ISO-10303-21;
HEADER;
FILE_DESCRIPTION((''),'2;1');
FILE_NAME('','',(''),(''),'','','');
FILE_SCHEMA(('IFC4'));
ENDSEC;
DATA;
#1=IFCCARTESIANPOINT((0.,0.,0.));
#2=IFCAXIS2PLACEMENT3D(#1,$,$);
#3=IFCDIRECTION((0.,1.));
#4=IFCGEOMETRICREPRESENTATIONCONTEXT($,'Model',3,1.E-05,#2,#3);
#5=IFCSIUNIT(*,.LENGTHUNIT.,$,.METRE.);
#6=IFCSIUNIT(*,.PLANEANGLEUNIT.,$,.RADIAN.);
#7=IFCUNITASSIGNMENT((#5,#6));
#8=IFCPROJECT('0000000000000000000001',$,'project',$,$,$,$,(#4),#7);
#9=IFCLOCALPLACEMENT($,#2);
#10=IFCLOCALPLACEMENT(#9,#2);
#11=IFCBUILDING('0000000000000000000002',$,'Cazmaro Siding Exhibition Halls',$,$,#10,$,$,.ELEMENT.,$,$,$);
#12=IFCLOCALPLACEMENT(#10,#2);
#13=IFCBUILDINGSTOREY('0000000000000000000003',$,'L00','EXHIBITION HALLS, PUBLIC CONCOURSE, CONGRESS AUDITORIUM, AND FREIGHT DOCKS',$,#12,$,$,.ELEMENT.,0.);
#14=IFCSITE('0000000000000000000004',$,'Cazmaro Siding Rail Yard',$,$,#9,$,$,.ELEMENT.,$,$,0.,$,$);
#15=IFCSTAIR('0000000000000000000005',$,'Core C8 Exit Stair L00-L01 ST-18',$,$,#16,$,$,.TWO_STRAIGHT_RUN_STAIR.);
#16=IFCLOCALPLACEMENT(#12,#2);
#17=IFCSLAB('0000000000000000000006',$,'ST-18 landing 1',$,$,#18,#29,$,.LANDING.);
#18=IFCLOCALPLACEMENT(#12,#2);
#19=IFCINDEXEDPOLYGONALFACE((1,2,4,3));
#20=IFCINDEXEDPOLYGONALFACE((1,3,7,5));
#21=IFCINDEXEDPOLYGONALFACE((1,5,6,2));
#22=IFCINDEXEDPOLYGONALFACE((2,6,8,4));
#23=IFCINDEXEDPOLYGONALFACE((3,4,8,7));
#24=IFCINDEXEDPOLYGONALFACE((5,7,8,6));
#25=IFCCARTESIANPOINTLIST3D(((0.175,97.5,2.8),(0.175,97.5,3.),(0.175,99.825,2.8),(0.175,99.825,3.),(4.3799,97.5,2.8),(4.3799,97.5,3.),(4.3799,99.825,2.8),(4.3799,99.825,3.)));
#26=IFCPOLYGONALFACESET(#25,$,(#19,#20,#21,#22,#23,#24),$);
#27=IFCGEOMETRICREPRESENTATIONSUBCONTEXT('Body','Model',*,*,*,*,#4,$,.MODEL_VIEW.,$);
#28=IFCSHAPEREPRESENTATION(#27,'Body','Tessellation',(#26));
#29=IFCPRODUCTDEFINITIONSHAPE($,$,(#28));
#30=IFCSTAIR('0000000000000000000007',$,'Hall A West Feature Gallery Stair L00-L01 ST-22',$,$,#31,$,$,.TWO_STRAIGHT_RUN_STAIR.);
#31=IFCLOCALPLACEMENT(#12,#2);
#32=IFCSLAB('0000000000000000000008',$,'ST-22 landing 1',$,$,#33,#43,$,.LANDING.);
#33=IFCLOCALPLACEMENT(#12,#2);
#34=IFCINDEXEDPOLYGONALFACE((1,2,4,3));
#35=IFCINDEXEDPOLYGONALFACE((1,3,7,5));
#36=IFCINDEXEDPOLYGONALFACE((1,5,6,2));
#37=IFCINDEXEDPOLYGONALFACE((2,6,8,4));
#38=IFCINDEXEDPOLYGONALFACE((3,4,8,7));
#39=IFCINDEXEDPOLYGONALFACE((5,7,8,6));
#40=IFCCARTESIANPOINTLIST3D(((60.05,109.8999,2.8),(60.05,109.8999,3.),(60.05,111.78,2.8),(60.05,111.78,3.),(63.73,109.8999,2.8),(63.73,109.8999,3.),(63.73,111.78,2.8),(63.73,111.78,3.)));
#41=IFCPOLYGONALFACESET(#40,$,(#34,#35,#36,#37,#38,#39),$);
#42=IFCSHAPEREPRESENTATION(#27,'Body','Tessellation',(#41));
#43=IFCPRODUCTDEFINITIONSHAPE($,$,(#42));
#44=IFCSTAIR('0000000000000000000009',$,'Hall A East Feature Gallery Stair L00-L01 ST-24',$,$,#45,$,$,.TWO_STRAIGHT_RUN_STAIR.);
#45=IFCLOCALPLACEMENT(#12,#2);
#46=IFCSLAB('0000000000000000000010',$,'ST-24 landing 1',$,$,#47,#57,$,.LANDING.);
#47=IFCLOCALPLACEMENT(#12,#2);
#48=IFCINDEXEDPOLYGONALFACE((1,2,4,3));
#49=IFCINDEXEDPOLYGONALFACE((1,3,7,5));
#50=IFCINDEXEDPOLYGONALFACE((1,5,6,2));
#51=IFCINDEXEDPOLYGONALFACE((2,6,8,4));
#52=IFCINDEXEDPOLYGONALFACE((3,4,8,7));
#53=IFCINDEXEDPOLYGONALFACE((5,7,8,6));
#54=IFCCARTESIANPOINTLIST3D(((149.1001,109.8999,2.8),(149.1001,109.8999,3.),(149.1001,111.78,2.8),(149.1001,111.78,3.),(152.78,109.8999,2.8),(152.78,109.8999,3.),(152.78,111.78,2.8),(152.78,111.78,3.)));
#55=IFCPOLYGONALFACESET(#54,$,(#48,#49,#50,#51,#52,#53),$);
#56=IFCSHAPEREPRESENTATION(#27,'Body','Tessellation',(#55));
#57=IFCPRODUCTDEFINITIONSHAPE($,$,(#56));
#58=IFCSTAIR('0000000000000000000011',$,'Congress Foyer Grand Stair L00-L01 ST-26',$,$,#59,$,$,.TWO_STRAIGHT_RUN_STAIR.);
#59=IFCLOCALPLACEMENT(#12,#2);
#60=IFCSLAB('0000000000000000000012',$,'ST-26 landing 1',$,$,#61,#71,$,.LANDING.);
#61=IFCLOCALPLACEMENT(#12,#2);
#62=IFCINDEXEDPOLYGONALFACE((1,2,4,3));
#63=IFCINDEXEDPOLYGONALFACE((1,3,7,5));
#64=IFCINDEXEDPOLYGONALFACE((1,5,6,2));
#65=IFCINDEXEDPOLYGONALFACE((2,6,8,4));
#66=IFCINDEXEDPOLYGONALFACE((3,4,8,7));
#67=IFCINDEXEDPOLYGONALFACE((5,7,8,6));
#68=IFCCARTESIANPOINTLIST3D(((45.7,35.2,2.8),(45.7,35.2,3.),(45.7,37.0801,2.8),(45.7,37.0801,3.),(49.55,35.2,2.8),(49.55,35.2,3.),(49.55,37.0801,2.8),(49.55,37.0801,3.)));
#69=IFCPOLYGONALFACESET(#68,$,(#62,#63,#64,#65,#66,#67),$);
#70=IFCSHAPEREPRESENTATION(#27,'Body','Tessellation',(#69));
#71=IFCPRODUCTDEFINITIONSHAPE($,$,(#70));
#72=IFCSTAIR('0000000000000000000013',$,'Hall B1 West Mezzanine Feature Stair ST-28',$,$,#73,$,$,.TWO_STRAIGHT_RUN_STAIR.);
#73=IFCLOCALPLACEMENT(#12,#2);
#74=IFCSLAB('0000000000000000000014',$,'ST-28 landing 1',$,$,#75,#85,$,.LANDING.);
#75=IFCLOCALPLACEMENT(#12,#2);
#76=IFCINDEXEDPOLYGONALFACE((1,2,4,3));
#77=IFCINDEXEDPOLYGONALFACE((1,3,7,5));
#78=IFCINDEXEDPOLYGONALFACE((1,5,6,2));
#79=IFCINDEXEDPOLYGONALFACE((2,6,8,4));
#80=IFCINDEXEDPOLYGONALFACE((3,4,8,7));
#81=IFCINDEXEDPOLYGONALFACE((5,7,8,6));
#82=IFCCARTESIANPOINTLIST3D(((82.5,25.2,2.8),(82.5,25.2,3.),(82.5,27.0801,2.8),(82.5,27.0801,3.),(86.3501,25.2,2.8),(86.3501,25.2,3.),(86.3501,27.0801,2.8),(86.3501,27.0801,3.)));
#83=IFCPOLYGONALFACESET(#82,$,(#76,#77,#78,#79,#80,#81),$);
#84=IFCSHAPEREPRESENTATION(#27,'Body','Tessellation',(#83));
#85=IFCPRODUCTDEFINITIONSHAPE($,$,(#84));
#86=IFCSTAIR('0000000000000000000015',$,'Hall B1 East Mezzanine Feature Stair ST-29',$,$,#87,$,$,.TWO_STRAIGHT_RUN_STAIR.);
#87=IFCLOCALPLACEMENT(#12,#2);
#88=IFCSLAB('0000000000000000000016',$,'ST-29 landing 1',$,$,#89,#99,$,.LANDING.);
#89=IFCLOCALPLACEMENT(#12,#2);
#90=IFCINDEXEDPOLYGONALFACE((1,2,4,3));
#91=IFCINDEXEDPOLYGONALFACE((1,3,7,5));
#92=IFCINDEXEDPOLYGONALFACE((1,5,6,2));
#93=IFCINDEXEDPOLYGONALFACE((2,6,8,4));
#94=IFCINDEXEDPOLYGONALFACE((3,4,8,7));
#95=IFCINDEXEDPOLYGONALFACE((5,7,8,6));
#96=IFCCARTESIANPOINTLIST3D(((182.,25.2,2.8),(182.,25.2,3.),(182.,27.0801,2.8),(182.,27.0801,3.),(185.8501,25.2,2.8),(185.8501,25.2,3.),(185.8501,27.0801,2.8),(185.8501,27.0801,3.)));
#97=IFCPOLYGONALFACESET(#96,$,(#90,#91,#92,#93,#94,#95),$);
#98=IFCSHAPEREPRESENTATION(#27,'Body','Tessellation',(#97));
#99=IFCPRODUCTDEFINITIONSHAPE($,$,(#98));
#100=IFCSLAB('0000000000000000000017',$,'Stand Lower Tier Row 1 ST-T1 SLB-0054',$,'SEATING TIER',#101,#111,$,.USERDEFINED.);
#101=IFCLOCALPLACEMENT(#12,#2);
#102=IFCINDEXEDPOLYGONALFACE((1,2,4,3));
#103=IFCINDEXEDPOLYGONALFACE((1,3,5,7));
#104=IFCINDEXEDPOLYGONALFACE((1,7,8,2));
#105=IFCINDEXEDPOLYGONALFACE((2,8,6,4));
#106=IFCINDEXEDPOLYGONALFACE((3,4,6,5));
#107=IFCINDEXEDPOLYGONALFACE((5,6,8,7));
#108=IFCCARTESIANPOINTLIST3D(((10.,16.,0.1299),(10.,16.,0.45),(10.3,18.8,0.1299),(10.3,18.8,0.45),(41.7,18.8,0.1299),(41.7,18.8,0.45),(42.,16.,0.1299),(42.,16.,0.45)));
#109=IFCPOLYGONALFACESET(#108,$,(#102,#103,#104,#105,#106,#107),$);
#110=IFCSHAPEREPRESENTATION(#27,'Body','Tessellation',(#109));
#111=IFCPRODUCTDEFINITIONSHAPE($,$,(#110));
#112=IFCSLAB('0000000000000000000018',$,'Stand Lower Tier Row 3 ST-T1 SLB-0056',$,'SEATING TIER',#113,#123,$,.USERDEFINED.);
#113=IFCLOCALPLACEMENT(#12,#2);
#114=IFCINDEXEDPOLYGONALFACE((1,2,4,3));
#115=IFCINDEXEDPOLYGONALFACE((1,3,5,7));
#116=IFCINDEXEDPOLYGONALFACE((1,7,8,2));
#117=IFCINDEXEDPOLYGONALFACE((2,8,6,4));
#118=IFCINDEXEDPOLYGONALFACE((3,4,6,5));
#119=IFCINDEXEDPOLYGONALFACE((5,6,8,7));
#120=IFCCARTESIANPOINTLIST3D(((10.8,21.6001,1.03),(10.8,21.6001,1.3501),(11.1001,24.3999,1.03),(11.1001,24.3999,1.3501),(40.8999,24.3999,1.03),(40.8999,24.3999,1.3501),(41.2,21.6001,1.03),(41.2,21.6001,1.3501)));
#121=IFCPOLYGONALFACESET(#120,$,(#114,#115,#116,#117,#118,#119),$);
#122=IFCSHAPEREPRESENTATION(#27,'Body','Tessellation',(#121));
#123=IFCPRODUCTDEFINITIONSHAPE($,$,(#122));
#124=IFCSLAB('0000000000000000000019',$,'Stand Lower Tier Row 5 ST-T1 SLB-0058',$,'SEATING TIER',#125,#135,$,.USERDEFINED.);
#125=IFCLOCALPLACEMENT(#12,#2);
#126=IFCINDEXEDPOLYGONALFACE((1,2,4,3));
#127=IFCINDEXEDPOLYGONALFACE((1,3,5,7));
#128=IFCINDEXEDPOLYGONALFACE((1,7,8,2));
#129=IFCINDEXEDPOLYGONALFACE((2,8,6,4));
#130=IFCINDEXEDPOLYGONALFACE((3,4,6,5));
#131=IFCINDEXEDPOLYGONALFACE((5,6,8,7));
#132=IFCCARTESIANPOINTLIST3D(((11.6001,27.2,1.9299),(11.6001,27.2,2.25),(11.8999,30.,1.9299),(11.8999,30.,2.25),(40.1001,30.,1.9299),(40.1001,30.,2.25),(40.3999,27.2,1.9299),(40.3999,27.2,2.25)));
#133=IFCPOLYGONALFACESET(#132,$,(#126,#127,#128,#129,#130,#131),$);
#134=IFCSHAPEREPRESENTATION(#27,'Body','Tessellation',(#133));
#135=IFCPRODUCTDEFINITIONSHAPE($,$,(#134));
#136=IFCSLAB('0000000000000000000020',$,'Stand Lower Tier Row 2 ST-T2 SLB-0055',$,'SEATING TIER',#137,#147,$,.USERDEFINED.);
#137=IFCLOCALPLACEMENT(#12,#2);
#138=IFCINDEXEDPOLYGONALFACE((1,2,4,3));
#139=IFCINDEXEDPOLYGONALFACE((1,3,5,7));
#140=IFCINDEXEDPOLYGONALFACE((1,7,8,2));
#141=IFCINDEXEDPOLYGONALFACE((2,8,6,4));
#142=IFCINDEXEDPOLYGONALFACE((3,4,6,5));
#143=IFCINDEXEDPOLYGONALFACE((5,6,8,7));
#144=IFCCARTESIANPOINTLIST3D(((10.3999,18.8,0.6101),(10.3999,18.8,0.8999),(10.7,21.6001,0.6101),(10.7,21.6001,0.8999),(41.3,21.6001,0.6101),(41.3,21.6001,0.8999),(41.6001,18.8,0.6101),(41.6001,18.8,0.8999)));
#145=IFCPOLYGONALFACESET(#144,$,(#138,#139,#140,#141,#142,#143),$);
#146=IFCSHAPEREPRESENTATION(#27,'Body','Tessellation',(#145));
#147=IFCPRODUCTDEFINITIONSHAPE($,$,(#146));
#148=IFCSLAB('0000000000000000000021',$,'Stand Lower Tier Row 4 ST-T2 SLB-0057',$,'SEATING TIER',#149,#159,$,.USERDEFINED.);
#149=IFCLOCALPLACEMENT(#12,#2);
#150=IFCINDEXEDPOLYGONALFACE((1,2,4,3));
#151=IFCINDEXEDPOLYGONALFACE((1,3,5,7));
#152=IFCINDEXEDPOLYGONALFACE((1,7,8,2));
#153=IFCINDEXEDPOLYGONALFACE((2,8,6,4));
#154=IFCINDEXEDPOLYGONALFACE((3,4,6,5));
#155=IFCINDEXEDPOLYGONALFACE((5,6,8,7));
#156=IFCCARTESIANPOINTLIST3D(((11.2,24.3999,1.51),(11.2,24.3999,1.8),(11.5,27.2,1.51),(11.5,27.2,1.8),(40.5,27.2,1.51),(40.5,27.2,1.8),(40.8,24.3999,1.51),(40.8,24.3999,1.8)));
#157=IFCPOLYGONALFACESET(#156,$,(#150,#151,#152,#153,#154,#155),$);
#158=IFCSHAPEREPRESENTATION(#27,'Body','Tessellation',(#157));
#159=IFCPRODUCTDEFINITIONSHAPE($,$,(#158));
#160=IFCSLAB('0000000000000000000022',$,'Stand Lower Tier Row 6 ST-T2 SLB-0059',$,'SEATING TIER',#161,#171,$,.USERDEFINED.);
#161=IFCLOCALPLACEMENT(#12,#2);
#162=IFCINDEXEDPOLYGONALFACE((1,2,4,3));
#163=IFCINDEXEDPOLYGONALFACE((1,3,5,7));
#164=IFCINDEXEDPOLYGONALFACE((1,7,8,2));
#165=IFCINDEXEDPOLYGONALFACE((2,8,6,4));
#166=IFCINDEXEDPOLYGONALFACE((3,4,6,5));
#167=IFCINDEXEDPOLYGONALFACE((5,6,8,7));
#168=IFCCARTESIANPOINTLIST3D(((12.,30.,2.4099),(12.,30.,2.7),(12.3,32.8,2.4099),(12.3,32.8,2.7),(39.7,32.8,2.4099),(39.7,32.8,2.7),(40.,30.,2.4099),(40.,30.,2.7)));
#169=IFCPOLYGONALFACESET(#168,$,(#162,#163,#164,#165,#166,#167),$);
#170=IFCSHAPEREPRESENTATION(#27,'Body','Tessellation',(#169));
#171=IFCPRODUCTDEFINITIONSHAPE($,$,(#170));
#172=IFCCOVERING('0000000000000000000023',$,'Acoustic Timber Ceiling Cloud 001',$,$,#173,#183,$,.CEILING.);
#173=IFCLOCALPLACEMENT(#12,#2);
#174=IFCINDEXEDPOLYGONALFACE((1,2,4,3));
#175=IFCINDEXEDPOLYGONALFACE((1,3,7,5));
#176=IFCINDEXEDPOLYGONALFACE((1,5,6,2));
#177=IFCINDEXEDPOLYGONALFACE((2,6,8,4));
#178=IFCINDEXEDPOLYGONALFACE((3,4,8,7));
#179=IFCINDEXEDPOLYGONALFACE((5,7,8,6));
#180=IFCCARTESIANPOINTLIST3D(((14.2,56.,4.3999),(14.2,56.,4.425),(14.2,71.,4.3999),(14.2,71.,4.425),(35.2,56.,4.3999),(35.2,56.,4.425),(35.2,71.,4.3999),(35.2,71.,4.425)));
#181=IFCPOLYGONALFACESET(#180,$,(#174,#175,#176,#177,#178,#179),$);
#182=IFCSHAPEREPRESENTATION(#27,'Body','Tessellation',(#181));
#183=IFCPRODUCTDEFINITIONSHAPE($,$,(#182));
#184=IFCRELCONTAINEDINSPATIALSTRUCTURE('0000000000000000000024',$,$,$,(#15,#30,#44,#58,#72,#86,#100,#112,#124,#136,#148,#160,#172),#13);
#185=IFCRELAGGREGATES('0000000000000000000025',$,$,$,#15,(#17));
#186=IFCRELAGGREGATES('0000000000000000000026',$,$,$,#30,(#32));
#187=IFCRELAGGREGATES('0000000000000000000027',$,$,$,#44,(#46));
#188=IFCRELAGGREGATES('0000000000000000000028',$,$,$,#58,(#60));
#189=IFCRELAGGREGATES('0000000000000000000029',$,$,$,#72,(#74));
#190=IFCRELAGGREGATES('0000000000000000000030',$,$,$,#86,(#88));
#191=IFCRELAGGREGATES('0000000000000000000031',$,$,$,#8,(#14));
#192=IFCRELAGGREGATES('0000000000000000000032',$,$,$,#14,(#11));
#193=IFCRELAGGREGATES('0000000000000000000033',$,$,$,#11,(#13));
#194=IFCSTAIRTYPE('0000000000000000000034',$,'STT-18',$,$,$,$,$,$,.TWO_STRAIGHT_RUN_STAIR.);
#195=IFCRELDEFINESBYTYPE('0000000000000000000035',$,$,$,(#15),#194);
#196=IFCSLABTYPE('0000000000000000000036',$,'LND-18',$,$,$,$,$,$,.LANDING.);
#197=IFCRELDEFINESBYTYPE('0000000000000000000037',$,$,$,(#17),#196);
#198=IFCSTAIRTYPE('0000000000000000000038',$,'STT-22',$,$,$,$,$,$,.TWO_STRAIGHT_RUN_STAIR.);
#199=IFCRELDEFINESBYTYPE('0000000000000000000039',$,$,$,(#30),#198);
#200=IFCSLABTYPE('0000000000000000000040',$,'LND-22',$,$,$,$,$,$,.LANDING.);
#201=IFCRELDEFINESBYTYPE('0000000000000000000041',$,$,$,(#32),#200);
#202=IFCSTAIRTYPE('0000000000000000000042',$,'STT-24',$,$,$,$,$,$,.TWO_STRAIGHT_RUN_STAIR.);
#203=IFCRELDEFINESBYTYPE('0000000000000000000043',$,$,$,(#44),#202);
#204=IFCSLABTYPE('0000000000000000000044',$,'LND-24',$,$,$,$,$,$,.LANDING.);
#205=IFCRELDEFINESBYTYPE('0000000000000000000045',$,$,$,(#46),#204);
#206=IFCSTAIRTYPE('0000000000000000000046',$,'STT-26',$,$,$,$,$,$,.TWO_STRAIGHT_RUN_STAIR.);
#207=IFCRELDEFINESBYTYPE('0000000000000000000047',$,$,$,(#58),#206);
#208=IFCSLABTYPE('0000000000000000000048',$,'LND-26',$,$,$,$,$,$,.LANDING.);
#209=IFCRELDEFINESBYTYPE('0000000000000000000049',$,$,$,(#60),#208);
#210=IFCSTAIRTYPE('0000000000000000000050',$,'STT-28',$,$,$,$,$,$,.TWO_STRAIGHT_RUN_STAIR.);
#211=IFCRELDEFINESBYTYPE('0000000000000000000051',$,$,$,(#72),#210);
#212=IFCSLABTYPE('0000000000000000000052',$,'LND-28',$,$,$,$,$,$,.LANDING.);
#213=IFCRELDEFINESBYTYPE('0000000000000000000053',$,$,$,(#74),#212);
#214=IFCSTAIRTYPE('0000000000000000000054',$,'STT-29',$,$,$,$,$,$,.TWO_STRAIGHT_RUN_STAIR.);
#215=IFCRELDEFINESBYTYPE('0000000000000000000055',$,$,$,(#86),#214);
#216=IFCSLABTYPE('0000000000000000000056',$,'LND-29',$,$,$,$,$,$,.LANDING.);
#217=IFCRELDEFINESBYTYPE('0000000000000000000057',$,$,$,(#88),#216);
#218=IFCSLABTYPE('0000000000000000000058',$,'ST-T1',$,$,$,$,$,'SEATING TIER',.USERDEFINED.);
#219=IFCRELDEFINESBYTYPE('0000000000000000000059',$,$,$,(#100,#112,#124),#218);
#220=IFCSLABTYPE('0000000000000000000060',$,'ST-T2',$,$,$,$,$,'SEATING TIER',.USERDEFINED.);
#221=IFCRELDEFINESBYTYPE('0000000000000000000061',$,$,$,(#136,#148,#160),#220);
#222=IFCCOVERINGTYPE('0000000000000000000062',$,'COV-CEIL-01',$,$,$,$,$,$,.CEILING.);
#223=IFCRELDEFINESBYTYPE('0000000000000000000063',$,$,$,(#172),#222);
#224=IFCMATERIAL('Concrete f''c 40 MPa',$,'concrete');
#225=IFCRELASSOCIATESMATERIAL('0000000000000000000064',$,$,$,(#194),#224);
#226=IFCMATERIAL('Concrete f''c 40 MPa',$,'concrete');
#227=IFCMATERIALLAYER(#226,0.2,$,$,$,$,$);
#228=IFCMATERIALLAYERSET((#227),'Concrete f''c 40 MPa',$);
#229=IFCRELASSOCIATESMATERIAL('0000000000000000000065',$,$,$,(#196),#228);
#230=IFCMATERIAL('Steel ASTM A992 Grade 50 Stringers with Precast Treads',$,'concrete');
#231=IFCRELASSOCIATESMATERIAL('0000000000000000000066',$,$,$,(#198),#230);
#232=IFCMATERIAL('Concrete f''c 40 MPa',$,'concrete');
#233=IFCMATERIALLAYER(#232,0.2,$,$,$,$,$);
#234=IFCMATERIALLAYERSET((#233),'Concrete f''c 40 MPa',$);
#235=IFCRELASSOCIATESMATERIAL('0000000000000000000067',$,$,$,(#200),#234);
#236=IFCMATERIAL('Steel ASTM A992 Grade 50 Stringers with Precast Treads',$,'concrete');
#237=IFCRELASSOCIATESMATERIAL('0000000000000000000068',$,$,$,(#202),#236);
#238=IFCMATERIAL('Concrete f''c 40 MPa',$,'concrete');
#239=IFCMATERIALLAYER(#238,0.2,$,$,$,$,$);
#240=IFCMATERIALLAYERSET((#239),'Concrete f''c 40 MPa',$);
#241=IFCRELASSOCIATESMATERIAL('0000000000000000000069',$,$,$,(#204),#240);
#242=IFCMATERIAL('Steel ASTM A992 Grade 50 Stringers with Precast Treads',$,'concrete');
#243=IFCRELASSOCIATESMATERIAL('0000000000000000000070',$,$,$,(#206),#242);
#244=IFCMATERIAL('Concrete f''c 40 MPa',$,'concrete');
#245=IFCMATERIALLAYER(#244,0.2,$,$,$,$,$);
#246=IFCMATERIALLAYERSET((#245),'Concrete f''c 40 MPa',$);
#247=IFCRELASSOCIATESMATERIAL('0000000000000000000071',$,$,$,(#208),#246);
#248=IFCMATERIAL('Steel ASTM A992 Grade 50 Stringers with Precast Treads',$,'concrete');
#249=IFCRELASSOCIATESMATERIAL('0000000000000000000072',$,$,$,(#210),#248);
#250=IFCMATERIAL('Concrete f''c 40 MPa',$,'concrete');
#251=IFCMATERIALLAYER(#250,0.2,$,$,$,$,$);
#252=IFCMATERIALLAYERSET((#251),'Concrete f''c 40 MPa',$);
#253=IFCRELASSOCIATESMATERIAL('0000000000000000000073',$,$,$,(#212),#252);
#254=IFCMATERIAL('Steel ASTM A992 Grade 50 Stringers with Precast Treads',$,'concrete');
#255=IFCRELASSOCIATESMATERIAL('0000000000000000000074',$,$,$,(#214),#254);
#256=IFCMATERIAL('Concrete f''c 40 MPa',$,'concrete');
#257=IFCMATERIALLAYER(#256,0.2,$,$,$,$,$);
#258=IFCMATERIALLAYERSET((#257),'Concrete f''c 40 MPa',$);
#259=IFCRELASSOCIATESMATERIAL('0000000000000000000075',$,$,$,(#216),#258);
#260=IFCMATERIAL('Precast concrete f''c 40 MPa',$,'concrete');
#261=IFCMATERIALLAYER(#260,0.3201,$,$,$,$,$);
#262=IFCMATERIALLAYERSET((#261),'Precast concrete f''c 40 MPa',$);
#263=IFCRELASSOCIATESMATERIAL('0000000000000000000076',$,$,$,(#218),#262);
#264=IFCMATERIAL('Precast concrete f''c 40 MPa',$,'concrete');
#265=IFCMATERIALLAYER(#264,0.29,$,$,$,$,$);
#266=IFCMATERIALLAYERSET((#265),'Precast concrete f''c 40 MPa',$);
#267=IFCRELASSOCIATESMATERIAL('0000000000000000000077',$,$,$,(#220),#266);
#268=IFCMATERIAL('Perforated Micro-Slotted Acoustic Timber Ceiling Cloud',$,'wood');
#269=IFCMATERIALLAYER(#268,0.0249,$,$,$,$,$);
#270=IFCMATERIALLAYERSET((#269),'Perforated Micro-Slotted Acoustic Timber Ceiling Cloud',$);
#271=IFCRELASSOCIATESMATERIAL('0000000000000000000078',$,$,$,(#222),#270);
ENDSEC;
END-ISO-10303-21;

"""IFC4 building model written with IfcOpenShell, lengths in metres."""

from ifc_helpers import new_model, si_unit, direction, frame, origin, place, context, subcontext, project, spatial, polyline, outline, extrude, material, layer, layer_set, type_object, element, aggregate, save


model = new_model("IFC4")

# Units and contexts
model_context = context("Model", 3, precision=1e-05, world=origin(), true_north=direction((0.0, 1.0)))
body_context = subcontext(model_context, "Body", "Model", "MODEL_VIEW")
ifc_project = project(units=[si_unit("LENGTHUNIT", "METRE"), si_unit("PLANEANGLEUNIT", "RADIAN")], contexts=[model_context])

# Site, building, storey
site_placement = place(None, origin())
site = spatial("IfcSite", under=ifc_project, at=site_placement, Name="Cazmaro Siding Rail Yard", CompositionType="ELEMENT", RefElevation=0.0)
building_placement = place(site_placement, origin())
building = spatial("IfcBuilding", under=site, at=building_placement, Name="Cazmaro Siding Exhibition Halls", CompositionType="ELEMENT")
storey_placement = place(building_placement, origin())
storey = spatial("IfcBuildingStorey", under=building, at=storey_placement, Name="L00", Description="EXHIBITION HALLS, PUBLIC CONCOURSE, CONGRESS AUDITORIUM, AND FREIGHT DOCKS", CompositionType="ELEMENT", Elevation=0.0)

# Stairs, slabs
ifc_material_1 = material(Name="Concrete f'c 40 MPa", Category="concrete")
stair_type_1 = type_object("IfcStairType", Name="STT-18", PredefinedType="TWO_STRAIGHT_RUN_STAIR", material=ifc_material_1)
stair_1_placement = place(storey_placement, origin())
stair_1 = element("IfcStair", 1, at=stair_1_placement, inside=storey, type_object=stair_type_1, Name="Core C8 Exit Stair L00-L01 ST-18", PredefinedType="TWO_STRAIGHT_RUN_STAIR")
ifc_material_2 = material(Name="Concrete f'c 40 MPa", Category="concrete")
ifc_layer_1 = layer(ifc_material_2, 0.2)
ifc_layer_set_1 = layer_set([ifc_layer_1], Name="Concrete f'c 40 MPa")
slab_type_1 = type_object("IfcSlabType", Name="LND-18", PredefinedType="LANDING", material=ifc_layer_set_1)
slab_1_placement = place(storey_placement, frame((0.0, 0.0, 2.8)))
slab_1 = element("IfcSlab", 2, at=slab_1_placement, type_object=slab_type_1, Name="ST-18 landing 1", PredefinedType="LANDING", context=body_context, shape_type="SweptSolid", body=[
    extrude(outline(polyline([(0.175, 97.5), (4.3799, 97.5), (4.3799, 99.825), (0.175, 99.825), (0.175, 97.5)])), origin(), (0.0, 0.0, 1.0), 0.2),
])
aggregate(stair_1, [slab_1])
ifc_material_3 = material(Name="Steel ASTM A992 Grade 50 Stringers with Precast Treads", Category="concrete")
stair_type_2 = type_object("IfcStairType", Name="STT-22", PredefinedType="TWO_STRAIGHT_RUN_STAIR", material=ifc_material_3)
stair_2_placement = place(storey_placement, origin())
stair_2 = element("IfcStair", 3, at=stair_2_placement, inside=storey, type_object=stair_type_2, Name="Hall A West Feature Gallery Stair L00-L01 ST-22", PredefinedType="TWO_STRAIGHT_RUN_STAIR")
ifc_material_4 = material(Name="Concrete f'c 40 MPa", Category="concrete")
ifc_layer_2 = layer(ifc_material_4, 0.2)
ifc_layer_set_2 = layer_set([ifc_layer_2], Name="Concrete f'c 40 MPa")
slab_type_2 = type_object("IfcSlabType", Name="LND-22", PredefinedType="LANDING", material=ifc_layer_set_2)
slab_2_placement = place(storey_placement, frame((0.0, 0.0, 2.8)))
slab_2 = element("IfcSlab", 4, at=slab_2_placement, type_object=slab_type_2, Name="ST-22 landing 1", PredefinedType="LANDING", context=body_context, shape_type="SweptSolid", body=[
    extrude(outline(polyline([(60.05, 109.8999), (63.73, 109.8999), (63.73, 111.78), (60.05, 111.78), (60.05, 109.8999)])), origin(), (0.0, 0.0, 1.0), 0.2),
])
aggregate(stair_2, [slab_2])
ifc_material_5 = material(Name="Steel ASTM A992 Grade 50 Stringers with Precast Treads", Category="concrete")
stair_type_3 = type_object("IfcStairType", Name="STT-24", PredefinedType="TWO_STRAIGHT_RUN_STAIR", material=ifc_material_5)
stair_3_placement = place(storey_placement, origin())
stair_3 = element("IfcStair", 5, at=stair_3_placement, inside=storey, type_object=stair_type_3, Name="Hall A East Feature Gallery Stair L00-L01 ST-24", PredefinedType="TWO_STRAIGHT_RUN_STAIR")
ifc_material_6 = material(Name="Concrete f'c 40 MPa", Category="concrete")
ifc_layer_3 = layer(ifc_material_6, 0.2)
ifc_layer_set_3 = layer_set([ifc_layer_3], Name="Concrete f'c 40 MPa")
slab_type_3 = type_object("IfcSlabType", Name="LND-24", PredefinedType="LANDING", material=ifc_layer_set_3)
slab_3_placement = place(storey_placement, frame((0.0, 0.0, 2.8)))
slab_3 = element("IfcSlab", 6, at=slab_3_placement, type_object=slab_type_3, Name="ST-24 landing 1", PredefinedType="LANDING", context=body_context, shape_type="SweptSolid", body=[
    extrude(outline(polyline([(149.1001, 109.8999), (152.78, 109.8999), (152.78, 111.78), (149.1001, 111.78), (149.1001, 109.8999)])), origin(), (0.0, 0.0, 1.0), 0.2),
])
aggregate(stair_3, [slab_3])
ifc_material_7 = material(Name="Steel ASTM A992 Grade 50 Stringers with Precast Treads", Category="concrete")
stair_type_4 = type_object("IfcStairType", Name="STT-26", PredefinedType="TWO_STRAIGHT_RUN_STAIR", material=ifc_material_7)
stair_4_placement = place(storey_placement, origin())
stair_4 = element("IfcStair", 7, at=stair_4_placement, inside=storey, type_object=stair_type_4, Name="Congress Foyer Grand Stair L00-L01 ST-26", PredefinedType="TWO_STRAIGHT_RUN_STAIR")
ifc_material_8 = material(Name="Concrete f'c 40 MPa", Category="concrete")
ifc_layer_4 = layer(ifc_material_8, 0.2)
ifc_layer_set_4 = layer_set([ifc_layer_4], Name="Concrete f'c 40 MPa")
slab_type_4 = type_object("IfcSlabType", Name="LND-26", PredefinedType="LANDING", material=ifc_layer_set_4)
slab_4_placement = place(storey_placement, frame((0.0, 0.0, 2.8)))
slab_4 = element("IfcSlab", 8, at=slab_4_placement, type_object=slab_type_4, Name="ST-26 landing 1", PredefinedType="LANDING", context=body_context, shape_type="SweptSolid", body=[
    extrude(outline(polyline([(45.7, 35.2), (49.55, 35.2), (49.55, 37.0801), (45.7, 37.0801), (45.7, 35.2)])), origin(), (0.0, 0.0, 1.0), 0.2),
])
aggregate(stair_4, [slab_4])
ifc_material_9 = material(Name="Steel ASTM A992 Grade 50 Stringers with Precast Treads", Category="concrete")
stair_type_5 = type_object("IfcStairType", Name="STT-28", PredefinedType="TWO_STRAIGHT_RUN_STAIR", material=ifc_material_9)
stair_5_placement = place(storey_placement, origin())
stair_5 = element("IfcStair", 9, at=stair_5_placement, inside=storey, type_object=stair_type_5, Name="Hall B1 West Mezzanine Feature Stair ST-28", PredefinedType="TWO_STRAIGHT_RUN_STAIR")
ifc_material_10 = material(Name="Concrete f'c 40 MPa", Category="concrete")
ifc_layer_5 = layer(ifc_material_10, 0.2)
ifc_layer_set_5 = layer_set([ifc_layer_5], Name="Concrete f'c 40 MPa")
slab_type_5 = type_object("IfcSlabType", Name="LND-28", PredefinedType="LANDING", material=ifc_layer_set_5)
slab_5_placement = place(storey_placement, frame((0.0, 0.0, 2.8)))
slab_5 = element("IfcSlab", 10, at=slab_5_placement, type_object=slab_type_5, Name="ST-28 landing 1", PredefinedType="LANDING", context=body_context, shape_type="SweptSolid", body=[
    extrude(outline(polyline([(82.5, 25.2), (86.3501, 25.2), (86.3501, 27.0801), (82.5, 27.0801), (82.5, 25.2)])), origin(), (0.0, 0.0, 1.0), 0.2),
])
aggregate(stair_5, [slab_5])
ifc_material_11 = material(Name="Steel ASTM A992 Grade 50 Stringers with Precast Treads", Category="concrete")
stair_type_6 = type_object("IfcStairType", Name="STT-29", PredefinedType="TWO_STRAIGHT_RUN_STAIR", material=ifc_material_11)
stair_6_placement = place(storey_placement, origin())
stair_6 = element("IfcStair", 11, at=stair_6_placement, inside=storey, type_object=stair_type_6, Name="Hall B1 East Mezzanine Feature Stair ST-29", PredefinedType="TWO_STRAIGHT_RUN_STAIR")
ifc_material_12 = material(Name="Concrete f'c 40 MPa", Category="concrete")
ifc_layer_6 = layer(ifc_material_12, 0.2)
ifc_layer_set_6 = layer_set([ifc_layer_6], Name="Concrete f'c 40 MPa")
slab_type_6 = type_object("IfcSlabType", Name="LND-29", PredefinedType="LANDING", material=ifc_layer_set_6)
slab_6_placement = place(storey_placement, frame((0.0, 0.0, 2.8)))
slab_6 = element("IfcSlab", 12, at=slab_6_placement, type_object=slab_type_6, Name="ST-29 landing 1", PredefinedType="LANDING", context=body_context, shape_type="SweptSolid", body=[
    extrude(outline(polyline([(182.0, 25.2), (185.8501, 25.2), (185.8501, 27.0801), (182.0, 27.0801), (182.0, 25.2)])), origin(), (0.0, 0.0, 1.0), 0.2),
])
aggregate(stair_6, [slab_6])

# Slabs
ifc_material_13 = material(Name="Precast concrete f'c 40 MPa", Category="concrete")
ifc_layer_7 = layer(ifc_material_13, 0.3201)
ifc_layer_set_7 = layer_set([ifc_layer_7], Name="Precast concrete f'c 40 MPa")
slab_type_7 = type_object("IfcSlabType", Name="ST-T1", ElementType="SEATING TIER", PredefinedType="USERDEFINED", material=ifc_layer_set_7)
slab_7_placement = place(storey_placement, frame((0.0, 0.0, 0.1299)))
element("IfcSlab", 13, at=slab_7_placement, inside=storey, type_object=slab_type_7, Name="Stand Lower Tier Row 1 ST-T1 SLB-0054", ObjectType="SEATING TIER", PredefinedType="USERDEFINED", context=body_context, shape_type="SweptSolid", body=[
    extrude(outline(polyline([(10.0, 16.0), (42.0, 16.0), (41.7, 18.8), (10.3, 18.8), (10.0, 16.0)])), origin(), (0.0, 0.0, 1.0), 0.3201),
])
slab_8_placement = place(storey_placement, frame((0.0, 0.0, 1.03)))
element("IfcSlab", 14, at=slab_8_placement, inside=storey, type_object=slab_type_7, Name="Stand Lower Tier Row 3 ST-T1 SLB-0056", ObjectType="SEATING TIER", PredefinedType="USERDEFINED", context=body_context, shape_type="SweptSolid", body=[
    extrude(outline(polyline([(10.8, 21.6001), (41.2, 21.6001), (40.8999, 24.3999), (11.1001, 24.3999), (10.8, 21.6001)])), origin(), (0.0, 0.0, 1.0), 0.3201),
])
slab_9_placement = place(storey_placement, frame((0.0, 0.0, 1.9299)))
element("IfcSlab", 15, at=slab_9_placement, inside=storey, type_object=slab_type_7, Name="Stand Lower Tier Row 5 ST-T1 SLB-0058", ObjectType="SEATING TIER", PredefinedType="USERDEFINED", context=body_context, shape_type="SweptSolid", body=[
    extrude(outline(polyline([(11.6001, 27.2), (40.3999, 27.2), (40.1001, 30.0), (11.8999, 30.0), (11.6001, 27.2)])), origin(), (0.0, 0.0, 1.0), 0.3201),
])
ifc_material_14 = material(Name="Precast concrete f'c 40 MPa", Category="concrete")
ifc_layer_8 = layer(ifc_material_14, 0.29)
ifc_layer_set_8 = layer_set([ifc_layer_8], Name="Precast concrete f'c 40 MPa")
slab_type_8 = type_object("IfcSlabType", Name="ST-T2", ElementType="SEATING TIER", PredefinedType="USERDEFINED", material=ifc_layer_set_8)
slab_10_placement = place(storey_placement, frame((0.0, 0.0, 0.6101)))
element("IfcSlab", 16, at=slab_10_placement, inside=storey, type_object=slab_type_8, Name="Stand Lower Tier Row 2 ST-T2 SLB-0055", ObjectType="SEATING TIER", PredefinedType="USERDEFINED", context=body_context, shape_type="SweptSolid", body=[
    extrude(outline(polyline([(10.3999, 18.8), (41.6001, 18.8), (41.3, 21.6001), (10.7, 21.6001), (10.3999, 18.8)])), origin(), (0.0, 0.0, 1.0), 0.2898),
])
slab_11_placement = place(storey_placement, frame((0.0, 0.0, 1.51)))
element("IfcSlab", 17, at=slab_11_placement, inside=storey, type_object=slab_type_8, Name="Stand Lower Tier Row 4 ST-T2 SLB-0057", ObjectType="SEATING TIER", PredefinedType="USERDEFINED", context=body_context, shape_type="SweptSolid", body=[
    extrude(outline(polyline([(11.2, 24.3999), (40.8, 24.3999), (40.5, 27.2), (11.5, 27.2), (11.2, 24.3999)])), origin(), (0.0, 0.0, 1.0), 0.29),
])
slab_12_placement = place(storey_placement, frame((0.0, 0.0, 2.4099)))
element("IfcSlab", 18, at=slab_12_placement, inside=storey, type_object=slab_type_8, Name="Stand Lower Tier Row 6 ST-T2 SLB-0059", ObjectType="SEATING TIER", PredefinedType="USERDEFINED", context=body_context, shape_type="SweptSolid", body=[
    extrude(outline(polyline([(12.0, 30.0), (40.0, 30.0), (39.7, 32.8), (12.3, 32.8), (12.0, 30.0)])), origin(), (0.0, 0.0, 1.0), 0.29),
])

# Covering
ifc_material_15 = material(Name="Perforated Micro-Slotted Acoustic Timber Ceiling Cloud", Category="wood")
ifc_layer_9 = layer(ifc_material_15, 0.0249)
ifc_layer_set_9 = layer_set([ifc_layer_9], Name="Perforated Micro-Slotted Acoustic Timber Ceiling Cloud")
covering_type_1 = type_object("IfcCoveringType", Name="COV-CEIL-01", PredefinedType="CEILING", material=ifc_layer_set_9)
covering_1_placement = place(storey_placement, frame((0.0, 0.0, 4.3999)))
element("IfcCovering", 19, at=covering_1_placement, inside=storey, type_object=covering_type_1, Name="Acoustic Timber Ceiling Cloud 001", PredefinedType="CEILING", context=body_context, shape_type="SweptSolid", body=[
    extrude(outline(polyline([(14.2, 56.0), (35.2, 56.0), (35.2, 71.0), (14.2, 71.0), (14.2, 56.0)])), origin(), (0.0, 0.0, 1.0), 0.0251),
])

save(model, "model.ifc")
